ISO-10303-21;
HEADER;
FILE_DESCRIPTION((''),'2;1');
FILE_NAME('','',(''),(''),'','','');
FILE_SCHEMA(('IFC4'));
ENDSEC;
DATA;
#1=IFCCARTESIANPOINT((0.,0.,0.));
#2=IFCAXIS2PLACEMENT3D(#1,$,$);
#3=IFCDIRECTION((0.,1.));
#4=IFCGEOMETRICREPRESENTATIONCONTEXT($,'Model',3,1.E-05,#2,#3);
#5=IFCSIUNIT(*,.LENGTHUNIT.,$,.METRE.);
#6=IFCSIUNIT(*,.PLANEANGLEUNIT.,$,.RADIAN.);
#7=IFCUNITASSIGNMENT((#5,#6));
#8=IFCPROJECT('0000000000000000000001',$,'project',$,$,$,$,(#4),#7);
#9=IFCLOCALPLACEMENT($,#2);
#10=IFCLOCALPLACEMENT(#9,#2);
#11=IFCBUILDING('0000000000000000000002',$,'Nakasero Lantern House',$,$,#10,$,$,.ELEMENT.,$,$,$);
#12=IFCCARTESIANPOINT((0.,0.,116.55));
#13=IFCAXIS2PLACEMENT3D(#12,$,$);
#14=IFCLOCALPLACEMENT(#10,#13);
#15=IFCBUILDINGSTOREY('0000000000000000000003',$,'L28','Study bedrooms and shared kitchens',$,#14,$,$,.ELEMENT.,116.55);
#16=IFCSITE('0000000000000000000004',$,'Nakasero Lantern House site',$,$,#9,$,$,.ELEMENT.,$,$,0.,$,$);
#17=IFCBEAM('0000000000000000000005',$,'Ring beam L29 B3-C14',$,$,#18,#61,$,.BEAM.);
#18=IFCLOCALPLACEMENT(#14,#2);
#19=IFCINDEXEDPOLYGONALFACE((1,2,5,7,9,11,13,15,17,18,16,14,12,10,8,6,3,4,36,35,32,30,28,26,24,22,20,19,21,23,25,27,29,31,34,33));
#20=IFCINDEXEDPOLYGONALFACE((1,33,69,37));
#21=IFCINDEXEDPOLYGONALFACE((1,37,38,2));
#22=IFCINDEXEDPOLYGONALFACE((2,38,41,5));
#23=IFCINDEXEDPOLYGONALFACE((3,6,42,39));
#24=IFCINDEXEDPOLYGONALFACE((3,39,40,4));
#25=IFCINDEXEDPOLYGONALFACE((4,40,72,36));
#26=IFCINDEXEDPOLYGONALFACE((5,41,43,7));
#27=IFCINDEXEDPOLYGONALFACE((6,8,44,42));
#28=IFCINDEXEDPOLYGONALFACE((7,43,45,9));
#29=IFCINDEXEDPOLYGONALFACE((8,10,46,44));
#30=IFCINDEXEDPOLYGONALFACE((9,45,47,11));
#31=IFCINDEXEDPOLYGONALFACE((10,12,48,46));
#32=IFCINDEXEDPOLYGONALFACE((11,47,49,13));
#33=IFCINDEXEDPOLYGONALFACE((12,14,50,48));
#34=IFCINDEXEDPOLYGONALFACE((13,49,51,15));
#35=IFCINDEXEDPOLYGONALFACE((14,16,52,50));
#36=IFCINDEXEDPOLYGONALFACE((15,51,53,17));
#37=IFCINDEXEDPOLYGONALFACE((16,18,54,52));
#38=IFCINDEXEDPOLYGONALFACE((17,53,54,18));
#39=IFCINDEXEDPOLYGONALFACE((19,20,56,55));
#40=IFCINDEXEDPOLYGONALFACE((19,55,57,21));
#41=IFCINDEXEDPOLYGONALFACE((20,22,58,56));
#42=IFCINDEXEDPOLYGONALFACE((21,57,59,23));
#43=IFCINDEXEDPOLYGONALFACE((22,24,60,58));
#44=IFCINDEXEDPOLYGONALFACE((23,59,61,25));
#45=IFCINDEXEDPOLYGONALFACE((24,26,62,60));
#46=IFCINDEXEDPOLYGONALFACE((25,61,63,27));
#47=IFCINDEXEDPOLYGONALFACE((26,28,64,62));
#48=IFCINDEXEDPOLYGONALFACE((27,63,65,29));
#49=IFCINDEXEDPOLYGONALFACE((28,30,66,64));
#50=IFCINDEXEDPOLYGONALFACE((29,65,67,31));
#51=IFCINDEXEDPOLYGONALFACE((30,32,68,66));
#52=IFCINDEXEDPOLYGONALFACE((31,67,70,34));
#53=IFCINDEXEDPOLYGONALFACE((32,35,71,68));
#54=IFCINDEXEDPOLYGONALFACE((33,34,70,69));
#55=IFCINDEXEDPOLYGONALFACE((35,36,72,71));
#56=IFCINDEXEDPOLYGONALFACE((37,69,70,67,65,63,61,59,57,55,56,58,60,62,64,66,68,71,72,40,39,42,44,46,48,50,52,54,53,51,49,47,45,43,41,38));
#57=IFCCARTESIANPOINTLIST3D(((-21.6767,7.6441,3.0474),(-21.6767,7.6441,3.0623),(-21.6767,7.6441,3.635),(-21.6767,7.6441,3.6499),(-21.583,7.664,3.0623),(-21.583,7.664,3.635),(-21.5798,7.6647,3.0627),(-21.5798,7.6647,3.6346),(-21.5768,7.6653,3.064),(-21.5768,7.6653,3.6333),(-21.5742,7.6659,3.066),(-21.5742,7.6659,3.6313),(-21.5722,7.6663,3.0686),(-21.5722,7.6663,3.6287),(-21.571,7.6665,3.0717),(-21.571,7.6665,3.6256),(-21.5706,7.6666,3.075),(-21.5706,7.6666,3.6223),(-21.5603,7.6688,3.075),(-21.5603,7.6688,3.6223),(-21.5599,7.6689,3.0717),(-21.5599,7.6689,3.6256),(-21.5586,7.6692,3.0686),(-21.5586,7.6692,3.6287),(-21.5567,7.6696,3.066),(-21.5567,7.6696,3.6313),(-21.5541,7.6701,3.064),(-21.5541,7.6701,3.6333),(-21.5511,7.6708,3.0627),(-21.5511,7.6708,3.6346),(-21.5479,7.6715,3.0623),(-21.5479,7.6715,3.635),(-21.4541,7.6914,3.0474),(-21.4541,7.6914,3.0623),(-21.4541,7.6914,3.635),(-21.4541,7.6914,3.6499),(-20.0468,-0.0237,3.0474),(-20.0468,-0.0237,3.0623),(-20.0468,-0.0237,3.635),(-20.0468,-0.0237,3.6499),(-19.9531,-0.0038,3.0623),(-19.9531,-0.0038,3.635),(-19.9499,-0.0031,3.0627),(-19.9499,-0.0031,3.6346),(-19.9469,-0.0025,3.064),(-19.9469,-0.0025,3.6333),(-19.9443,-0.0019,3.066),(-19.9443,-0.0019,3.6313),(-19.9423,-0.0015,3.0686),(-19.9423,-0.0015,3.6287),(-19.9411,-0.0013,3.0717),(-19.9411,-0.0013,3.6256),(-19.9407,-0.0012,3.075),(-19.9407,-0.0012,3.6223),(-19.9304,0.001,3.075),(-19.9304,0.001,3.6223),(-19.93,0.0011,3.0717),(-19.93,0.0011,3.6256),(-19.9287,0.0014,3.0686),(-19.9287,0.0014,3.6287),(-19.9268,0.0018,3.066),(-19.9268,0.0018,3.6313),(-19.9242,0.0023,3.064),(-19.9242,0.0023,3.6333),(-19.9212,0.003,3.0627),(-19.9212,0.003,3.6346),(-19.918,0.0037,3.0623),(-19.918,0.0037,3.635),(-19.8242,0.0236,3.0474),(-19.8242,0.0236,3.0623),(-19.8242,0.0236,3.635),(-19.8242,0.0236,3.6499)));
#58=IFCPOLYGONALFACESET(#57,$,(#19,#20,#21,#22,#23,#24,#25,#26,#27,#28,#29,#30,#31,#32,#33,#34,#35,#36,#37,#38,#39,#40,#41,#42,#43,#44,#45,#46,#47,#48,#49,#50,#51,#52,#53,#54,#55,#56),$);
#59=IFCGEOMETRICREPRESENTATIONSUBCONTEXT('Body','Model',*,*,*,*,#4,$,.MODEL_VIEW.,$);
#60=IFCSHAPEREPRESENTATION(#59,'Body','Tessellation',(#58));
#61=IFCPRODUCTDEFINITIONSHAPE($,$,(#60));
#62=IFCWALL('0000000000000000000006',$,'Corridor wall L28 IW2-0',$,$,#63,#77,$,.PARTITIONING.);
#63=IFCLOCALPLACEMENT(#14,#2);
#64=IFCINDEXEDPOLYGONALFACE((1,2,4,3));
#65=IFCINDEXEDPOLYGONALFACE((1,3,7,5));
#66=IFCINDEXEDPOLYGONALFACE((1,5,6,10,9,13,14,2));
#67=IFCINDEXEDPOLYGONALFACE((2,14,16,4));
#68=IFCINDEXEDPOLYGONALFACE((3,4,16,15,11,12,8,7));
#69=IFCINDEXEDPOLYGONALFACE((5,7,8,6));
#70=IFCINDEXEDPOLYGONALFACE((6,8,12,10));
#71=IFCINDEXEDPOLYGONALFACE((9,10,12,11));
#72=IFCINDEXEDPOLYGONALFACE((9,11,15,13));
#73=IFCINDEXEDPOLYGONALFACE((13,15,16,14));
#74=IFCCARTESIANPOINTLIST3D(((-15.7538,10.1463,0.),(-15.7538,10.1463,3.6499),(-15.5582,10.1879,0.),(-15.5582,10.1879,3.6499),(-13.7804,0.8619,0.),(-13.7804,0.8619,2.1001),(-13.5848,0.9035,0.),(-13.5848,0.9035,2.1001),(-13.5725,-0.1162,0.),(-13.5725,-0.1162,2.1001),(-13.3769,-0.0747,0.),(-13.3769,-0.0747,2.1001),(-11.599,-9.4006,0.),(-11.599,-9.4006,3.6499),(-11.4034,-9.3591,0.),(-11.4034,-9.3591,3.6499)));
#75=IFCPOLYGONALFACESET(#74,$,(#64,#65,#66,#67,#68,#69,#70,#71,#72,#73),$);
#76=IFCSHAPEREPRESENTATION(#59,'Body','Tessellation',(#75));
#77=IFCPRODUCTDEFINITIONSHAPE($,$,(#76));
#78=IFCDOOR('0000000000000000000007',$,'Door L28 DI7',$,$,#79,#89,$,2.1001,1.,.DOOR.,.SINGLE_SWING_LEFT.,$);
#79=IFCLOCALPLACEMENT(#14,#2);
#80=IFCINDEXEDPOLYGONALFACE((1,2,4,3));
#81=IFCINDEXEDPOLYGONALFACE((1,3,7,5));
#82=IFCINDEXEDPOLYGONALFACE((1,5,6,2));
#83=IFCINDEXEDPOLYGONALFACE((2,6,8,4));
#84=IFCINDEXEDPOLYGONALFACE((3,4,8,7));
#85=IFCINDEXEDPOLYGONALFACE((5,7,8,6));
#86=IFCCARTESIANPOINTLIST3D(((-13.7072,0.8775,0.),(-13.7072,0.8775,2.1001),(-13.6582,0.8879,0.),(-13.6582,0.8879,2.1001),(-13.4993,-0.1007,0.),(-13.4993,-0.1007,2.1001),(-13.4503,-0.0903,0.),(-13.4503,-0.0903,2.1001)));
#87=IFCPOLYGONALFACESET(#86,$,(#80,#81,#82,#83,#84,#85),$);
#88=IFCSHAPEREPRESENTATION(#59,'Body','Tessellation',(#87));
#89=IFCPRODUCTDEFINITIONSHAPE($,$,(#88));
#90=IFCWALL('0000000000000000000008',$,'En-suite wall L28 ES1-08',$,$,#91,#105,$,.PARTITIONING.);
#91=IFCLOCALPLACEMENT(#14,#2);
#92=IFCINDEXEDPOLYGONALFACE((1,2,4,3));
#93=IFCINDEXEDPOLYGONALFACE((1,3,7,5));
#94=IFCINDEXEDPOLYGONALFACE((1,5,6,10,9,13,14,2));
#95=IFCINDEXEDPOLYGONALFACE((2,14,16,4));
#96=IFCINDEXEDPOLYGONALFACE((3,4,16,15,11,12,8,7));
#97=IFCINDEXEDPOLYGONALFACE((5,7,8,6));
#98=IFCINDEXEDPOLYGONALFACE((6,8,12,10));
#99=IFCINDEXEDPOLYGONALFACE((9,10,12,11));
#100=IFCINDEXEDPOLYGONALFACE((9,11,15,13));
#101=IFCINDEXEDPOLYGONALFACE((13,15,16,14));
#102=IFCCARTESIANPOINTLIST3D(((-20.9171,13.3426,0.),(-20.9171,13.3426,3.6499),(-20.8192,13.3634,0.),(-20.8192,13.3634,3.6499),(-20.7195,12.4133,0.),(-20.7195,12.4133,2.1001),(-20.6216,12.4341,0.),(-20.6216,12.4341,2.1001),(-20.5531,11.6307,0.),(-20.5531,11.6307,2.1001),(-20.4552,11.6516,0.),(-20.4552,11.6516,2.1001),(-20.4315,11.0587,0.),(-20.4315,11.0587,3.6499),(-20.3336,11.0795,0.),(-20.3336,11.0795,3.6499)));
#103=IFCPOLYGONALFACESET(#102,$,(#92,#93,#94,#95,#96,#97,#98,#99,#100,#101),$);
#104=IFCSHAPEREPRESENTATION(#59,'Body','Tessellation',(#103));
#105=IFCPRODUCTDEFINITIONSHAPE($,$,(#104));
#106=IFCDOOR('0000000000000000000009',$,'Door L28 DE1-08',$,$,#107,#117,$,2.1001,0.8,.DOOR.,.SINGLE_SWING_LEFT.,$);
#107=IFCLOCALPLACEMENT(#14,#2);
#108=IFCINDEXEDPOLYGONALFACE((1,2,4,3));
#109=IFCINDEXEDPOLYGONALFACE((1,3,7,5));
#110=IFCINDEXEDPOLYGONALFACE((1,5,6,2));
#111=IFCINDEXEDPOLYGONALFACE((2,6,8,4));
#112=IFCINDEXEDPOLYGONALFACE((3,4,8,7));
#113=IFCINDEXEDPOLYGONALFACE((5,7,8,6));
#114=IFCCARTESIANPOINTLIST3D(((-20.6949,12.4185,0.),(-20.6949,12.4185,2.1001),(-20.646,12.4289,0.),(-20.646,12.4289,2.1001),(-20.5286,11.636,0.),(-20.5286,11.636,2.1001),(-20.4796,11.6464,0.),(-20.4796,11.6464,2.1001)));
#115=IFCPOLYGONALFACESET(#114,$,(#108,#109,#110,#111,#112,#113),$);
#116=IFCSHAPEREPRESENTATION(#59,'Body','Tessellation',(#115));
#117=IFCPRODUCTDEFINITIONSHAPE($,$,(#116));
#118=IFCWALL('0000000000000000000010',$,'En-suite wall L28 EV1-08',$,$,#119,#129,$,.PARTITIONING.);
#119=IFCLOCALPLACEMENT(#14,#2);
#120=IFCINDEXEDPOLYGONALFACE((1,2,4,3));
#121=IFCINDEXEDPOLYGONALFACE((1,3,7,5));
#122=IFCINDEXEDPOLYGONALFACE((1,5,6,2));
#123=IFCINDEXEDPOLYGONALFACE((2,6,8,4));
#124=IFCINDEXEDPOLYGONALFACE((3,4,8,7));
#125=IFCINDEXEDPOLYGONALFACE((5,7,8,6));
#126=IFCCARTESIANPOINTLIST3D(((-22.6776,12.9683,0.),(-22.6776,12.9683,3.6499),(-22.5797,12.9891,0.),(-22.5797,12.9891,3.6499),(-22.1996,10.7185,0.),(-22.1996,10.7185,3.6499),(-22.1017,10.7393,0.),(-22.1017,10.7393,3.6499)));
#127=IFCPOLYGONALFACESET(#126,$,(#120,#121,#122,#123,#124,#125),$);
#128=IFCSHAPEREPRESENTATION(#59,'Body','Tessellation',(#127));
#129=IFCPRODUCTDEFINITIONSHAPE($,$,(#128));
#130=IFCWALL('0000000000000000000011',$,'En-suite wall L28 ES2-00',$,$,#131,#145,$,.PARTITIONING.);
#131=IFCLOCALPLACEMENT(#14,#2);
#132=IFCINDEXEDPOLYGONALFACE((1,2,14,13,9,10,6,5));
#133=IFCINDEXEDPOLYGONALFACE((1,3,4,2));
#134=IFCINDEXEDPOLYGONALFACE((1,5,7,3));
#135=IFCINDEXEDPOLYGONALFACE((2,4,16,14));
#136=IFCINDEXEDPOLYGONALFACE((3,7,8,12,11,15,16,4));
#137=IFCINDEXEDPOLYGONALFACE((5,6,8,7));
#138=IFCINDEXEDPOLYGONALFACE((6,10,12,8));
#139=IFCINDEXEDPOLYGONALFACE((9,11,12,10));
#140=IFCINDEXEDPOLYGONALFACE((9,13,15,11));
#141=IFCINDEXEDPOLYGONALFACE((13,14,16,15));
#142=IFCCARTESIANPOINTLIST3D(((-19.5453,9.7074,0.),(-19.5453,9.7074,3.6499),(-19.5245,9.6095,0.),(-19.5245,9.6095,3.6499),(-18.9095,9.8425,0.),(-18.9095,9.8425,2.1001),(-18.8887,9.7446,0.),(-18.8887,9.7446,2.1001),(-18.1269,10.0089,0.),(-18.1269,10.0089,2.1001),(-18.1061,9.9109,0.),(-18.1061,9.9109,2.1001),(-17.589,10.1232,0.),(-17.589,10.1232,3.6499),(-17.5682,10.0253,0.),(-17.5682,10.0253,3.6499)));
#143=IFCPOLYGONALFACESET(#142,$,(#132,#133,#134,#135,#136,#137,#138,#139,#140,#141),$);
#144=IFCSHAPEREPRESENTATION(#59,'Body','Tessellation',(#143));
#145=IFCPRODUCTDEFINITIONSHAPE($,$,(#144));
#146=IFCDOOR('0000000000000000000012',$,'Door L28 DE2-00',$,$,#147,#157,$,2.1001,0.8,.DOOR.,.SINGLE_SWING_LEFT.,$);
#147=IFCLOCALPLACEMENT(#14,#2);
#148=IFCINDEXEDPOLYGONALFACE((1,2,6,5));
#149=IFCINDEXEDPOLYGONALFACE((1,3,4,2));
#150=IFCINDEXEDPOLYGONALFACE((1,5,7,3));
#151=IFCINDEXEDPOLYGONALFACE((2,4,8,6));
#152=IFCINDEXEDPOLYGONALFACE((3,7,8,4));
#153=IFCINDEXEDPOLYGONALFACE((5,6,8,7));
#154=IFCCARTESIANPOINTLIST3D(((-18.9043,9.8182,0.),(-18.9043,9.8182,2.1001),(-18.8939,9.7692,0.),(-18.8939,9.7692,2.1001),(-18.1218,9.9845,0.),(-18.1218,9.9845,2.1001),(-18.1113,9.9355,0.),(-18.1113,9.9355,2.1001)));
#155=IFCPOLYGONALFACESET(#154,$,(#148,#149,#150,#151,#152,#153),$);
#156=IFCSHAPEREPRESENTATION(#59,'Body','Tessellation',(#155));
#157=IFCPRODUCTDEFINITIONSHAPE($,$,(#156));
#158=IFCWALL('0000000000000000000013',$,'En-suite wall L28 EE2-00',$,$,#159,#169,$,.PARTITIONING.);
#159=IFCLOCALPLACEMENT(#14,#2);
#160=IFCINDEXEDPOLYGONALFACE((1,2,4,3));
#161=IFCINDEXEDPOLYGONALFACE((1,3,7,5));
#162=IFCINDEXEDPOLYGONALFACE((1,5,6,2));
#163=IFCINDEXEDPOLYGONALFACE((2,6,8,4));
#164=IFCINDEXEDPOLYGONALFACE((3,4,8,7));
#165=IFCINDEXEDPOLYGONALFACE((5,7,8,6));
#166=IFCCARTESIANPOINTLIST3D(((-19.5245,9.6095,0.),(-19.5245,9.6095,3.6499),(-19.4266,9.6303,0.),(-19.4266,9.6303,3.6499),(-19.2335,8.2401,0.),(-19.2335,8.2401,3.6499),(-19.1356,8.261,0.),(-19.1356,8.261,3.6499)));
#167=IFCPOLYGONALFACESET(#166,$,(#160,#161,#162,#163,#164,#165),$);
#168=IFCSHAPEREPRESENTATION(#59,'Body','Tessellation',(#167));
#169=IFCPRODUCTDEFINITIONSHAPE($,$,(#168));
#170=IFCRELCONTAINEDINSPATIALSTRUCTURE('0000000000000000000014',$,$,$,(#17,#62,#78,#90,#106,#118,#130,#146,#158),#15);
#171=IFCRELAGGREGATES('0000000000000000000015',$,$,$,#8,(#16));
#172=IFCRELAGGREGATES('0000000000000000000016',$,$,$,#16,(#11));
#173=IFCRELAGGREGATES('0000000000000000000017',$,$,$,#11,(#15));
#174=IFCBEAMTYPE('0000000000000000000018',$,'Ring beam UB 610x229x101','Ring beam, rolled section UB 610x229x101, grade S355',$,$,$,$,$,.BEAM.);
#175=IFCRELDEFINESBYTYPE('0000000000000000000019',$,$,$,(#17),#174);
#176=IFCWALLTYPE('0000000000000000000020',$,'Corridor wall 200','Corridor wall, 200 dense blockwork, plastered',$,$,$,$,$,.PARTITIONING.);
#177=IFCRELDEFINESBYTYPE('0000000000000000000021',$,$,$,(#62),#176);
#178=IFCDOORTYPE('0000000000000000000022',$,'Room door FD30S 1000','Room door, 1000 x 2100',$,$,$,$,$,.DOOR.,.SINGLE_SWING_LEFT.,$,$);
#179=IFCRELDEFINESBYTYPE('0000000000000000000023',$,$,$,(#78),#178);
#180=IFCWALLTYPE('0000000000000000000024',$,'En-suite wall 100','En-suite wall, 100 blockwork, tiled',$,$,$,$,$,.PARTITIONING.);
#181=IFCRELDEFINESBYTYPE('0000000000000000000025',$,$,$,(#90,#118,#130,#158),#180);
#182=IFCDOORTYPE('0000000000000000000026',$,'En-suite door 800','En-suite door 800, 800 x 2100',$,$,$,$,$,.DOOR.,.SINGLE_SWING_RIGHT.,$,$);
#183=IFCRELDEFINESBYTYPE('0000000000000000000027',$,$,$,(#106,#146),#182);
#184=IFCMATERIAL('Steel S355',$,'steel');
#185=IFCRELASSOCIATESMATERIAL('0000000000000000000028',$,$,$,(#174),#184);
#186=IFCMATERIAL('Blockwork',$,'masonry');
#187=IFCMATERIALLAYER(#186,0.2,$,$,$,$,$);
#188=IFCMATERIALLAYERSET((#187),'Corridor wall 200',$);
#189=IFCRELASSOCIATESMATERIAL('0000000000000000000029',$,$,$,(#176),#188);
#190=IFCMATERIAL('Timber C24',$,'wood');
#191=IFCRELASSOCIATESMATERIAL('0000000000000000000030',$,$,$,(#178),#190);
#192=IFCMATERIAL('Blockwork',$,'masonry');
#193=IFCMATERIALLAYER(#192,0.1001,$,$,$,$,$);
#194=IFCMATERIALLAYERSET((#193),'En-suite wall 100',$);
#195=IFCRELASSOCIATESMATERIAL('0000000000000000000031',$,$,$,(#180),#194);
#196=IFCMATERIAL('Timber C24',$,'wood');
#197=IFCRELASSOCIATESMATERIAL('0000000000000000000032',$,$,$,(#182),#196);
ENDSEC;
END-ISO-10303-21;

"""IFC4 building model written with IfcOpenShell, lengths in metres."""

from ifc_helpers import new_model, si_unit, direction, frame, frame_2d, origin, origin_2d, place, context, subcontext, project, spatial, rectangle, i_section, extrude, material, layer, layer_set, material_profile, profile_set, type_object, element, fill, save


model = new_model("IFC4")

# Units and contexts
model_context = context("Model", 3, precision=1e-05, world=origin(), true_north=direction((0.0, 1.0)))
body_context = subcontext(model_context, "Body", "Model", "MODEL_VIEW")
ifc_project = project(units=[si_unit("LENGTHUNIT", "METRE"), si_unit("PLANEANGLEUNIT", "RADIAN")], contexts=[model_context])

# Site, building, storey
site_placement = place(None, origin())
site = spatial("IfcSite", under=ifc_project, at=site_placement, Name="Nakasero Lantern House site", CompositionType="ELEMENT", RefElevation=0.0)
building_placement = place(site_placement, origin())
building = spatial("IfcBuilding", under=site, at=building_placement, Name="Nakasero Lantern House", CompositionType="ELEMENT")
storey_placement = place(building_placement, frame((0.0, 0.0, 116.55)))
storey = spatial("IfcBuildingStorey", under=building, at=storey_placement, Name="L28", Description="Study bedrooms and shared kitchens", CompositionType="ELEMENT", Elevation=116.55)

# Beam
ifc_material_1 = material(Name="Steel S355", Category="steel")
ifc_material_profile = material_profile(ifc_material_1, i_section(OverallWidth=0.2275, OverallDepth=0.6025, WebThickness=0.0105, FlangeThickness=0.0149, FilletRadius=0.0127, at=origin_2d()), Name="UB 610x229x101")
ifc_profile_set = profile_set([ifc_material_profile], Name="Steel S355")
beam_type = type_object("IfcBeamType", Name="Ring beam UB 610x229x101", Description="Ring beam, rolled section UB 610x229x101, grade S355", PredefinedType="BEAM", material=ifc_profile_set)
beam_placement = place(storey_placement, frame((-21.5654, 7.6677, 3.3486), z_axis=(0.207919, -0.978146, 0.0), x_axis=(0.978146, 0.207919, 0.0)))
element("IfcBeam", 1, at=beam_placement, inside=storey, type_object=beam_type, Name="Ring beam L29 B3-C14", PredefinedType="BEAM", context=body_context, shape_type="SweptSolid", body=[
    extrude(i_section(OverallWidth=0.2275, OverallDepth=0.6025, WebThickness=0.0105, FlangeThickness=0.0149, FilletRadius=0.0127, at=origin_2d()), origin(), (0.0, 0.0, 1.0), 7.8391),
])

# Walls, openings, doors
ifc_material_2 = material(Name="Blockwork", Category="masonry")
ifc_layer_1 = layer(ifc_material_2, 0.2)
ifc_layer_set_1 = layer_set([ifc_layer_1], Name="Corridor wall 200")
wall_type_1 = type_object("IfcWallType", Name="Corridor wall 200", Description="Corridor wall, 200 dense blockwork, plastered", PredefinedType="PARTITIONING", material=ifc_layer_set_1)
wall_1_placement = place(storey_placement, frame((-15.656, 10.167, 0.0), z_axis=(0.0, 0.0, 1.0), x_axis=(0.20791, -0.978148, 0.0)))
wall_1 = element("IfcWall", 2, at=wall_1_placement, inside=storey, type_object=wall_type_1, Name="Corridor wall L28 IW2-0", PredefinedType="PARTITIONING", context=body_context, shape_type="SweptSolid", body=[
    extrude(rectangle(XDim=19.9836, YDim=0.2, at=frame_2d((9.9917, 0.0))), origin(), (0.0, 0.0, 1.0), 3.6499),
])
opening_1_placement = place(wall_1_placement, frame((9.4917, 0.0, 0.0)))
opening_1 = element("IfcOpeningElement", 3, at=opening_1_placement, cuts=wall_1, PredefinedType="OPENING", context=body_context, shape_type="SweptSolid", body=[
    extrude(rectangle(XDim=1.0, YDim=2.1001, at=frame_2d((0.5, 1.05))), frame((0.0, 0.1199, 0.0), z_axis=(0.0, -1.0, 0.0), x_axis=(1.0, 0.0, 0.0)), (0.0, 0.0, 1.0), 0.24),
])
ifc_material_3 = material(Name="Timber C24", Category="wood")
door_type_1 = type_object("IfcDoorType", Name="Room door FD30S 1000", Description="Room door, 1000 x 2100", OperationType="SINGLE_SWING_LEFT", PredefinedType="DOOR", material=ifc_material_3)
door_1_placement = place(opening_1_placement, origin())
door_1 = element("IfcDoor", 4, at=door_1_placement, inside=storey, type_object=door_type_1, Name="Door L28 DI7", OperationType="SINGLE_SWING_LEFT", OverallHeight=2.1001, OverallWidth=1.0, PredefinedType="DOOR", context=body_context, shape_type="SweptSolid", body=[
    extrude(rectangle(XDim=1.0, YDim=2.1001, at=frame_2d((0.5, 1.05))), frame((0.0, 0.0249, 0.0), z_axis=(0.0, -1.0, 0.0), x_axis=(1.0, 0.0, 0.0)), (0.0, 0.0, 1.0), 0.05),
])
fill(opening_1, door_1)
ifc_material_4 = material(Name="Blockwork", Category="masonry")
ifc_layer_2 = layer(ifc_material_4, 0.1001)
ifc_layer_set_2 = layer_set([ifc_layer_2], Name="En-suite wall 100")
wall_type_2 = type_object("IfcWallType", Name="En-suite wall 100", Description="En-suite wall, 100 blockwork, tiled", PredefinedType="PARTITIONING", material=ifc_layer_set_2)
wall_2_placement = place(storey_placement, frame((-20.3826, 11.0691, 0.0), z_axis=(0.0, 0.0, 1.0), x_axis=(-0.207965, 0.978136, 0.0)))
wall_2 = element("IfcWall", 5, at=wall_2_placement, inside=storey, type_object=wall_type_2, Name="En-suite wall L28 ES1-08", PredefinedType="PARTITIONING", context=body_context, shape_type="SweptSolid", body=[
    extrude(rectangle(XDim=2.335, YDim=0.1001, at=frame_2d((1.1675, 0.0))), origin(), (0.0, 0.0, 1.0), 3.6499),
])
opening_2_placement = place(wall_2_placement, frame((0.585, 0.0, 0.0)))
opening_2 = element("IfcOpeningElement", 6, at=opening_2_placement, cuts=wall_2, PredefinedType="OPENING", context=body_context, shape_type="SweptSolid", body=[
    extrude(rectangle(XDim=0.8, YDim=2.1001, at=frame_2d((0.3999, 1.05))), frame((0.0, 0.0701, 0.0), z_axis=(0.0, -1.0, 0.0), x_axis=(1.0, 0.0, 0.0)), (0.0, 0.0, 1.0), 0.1401),
])
ifc_material_5 = material(Name="Timber C24", Category="wood")
door_type_2 = type_object("IfcDoorType", Name="En-suite door 800", Description="En-suite door 800, 800 x 2100", OperationType="SINGLE_SWING_RIGHT", PredefinedType="DOOR", material=ifc_material_5)
door_2_placement = place(opening_2_placement, origin())
door_2 = element("IfcDoor", 7, at=door_2_placement, inside=storey, type_object=door_type_2, Name="Door L28 DE1-08", OperationType="SINGLE_SWING_LEFT", OverallHeight=2.1001, OverallWidth=0.8, PredefinedType="DOOR", context=body_context, shape_type="SweptSolid", body=[
    extrude(rectangle(XDim=0.8, YDim=2.1001, at=frame_2d((0.3999, 1.05))), frame((0.0, 0.0249, 0.0), z_axis=(0.0, -1.0, 0.0), x_axis=(1.0, 0.0, 0.0)), (0.0, 0.0, 1.0), 0.05),
])
fill(opening_2, door_2)

# Wall
wall_3_placement = place(storey_placement, frame((-22.1506, 10.729, 0.0), z_axis=(0.0, 0.0, 1.0), x_axis=(-0.20784, 0.978163, 0.0)))
element("IfcWall", 8, at=wall_3_placement, inside=storey, type_object=wall_type_2, Name="En-suite wall L28 EV1-08", PredefinedType="PARTITIONING", context=body_context, shape_type="SweptSolid", body=[
    extrude(rectangle(XDim=2.3, YDim=0.1001, at=frame_2d((1.1499, 0.0))), origin(), (0.0, 0.0, 1.0), 3.6499),
])

# Wall, opening, door
wall_4_placement = place(storey_placement, frame((-17.5786, 10.0742, 0.0), z_axis=(0.0, 0.0, 1.0), x_axis=(-0.978153, -0.207886, 0.0)))
wall_4 = element("IfcWall", 9, at=wall_4_placement, inside=storey, type_object=wall_type_2, Name="En-suite wall L28 ES2-00", PredefinedType="PARTITIONING", context=body_context, shape_type="SweptSolid", body=[
    extrude(rectangle(XDim=2.0, YDim=0.1001, at=frame_2d((1.0, 0.0))), origin(), (0.0, 0.0, 1.0), 3.6499),
])
opening_3_placement = place(wall_4_placement, frame((0.55, 0.0, 0.0)))
opening_3 = element("IfcOpeningElement", 10, at=opening_3_placement, cuts=wall_4, PredefinedType="OPENING", context=body_context, shape_type="SweptSolid", body=[
    extrude(rectangle(XDim=0.8, YDim=2.1001, at=frame_2d((0.3999, 1.05))), frame((0.0, 0.0701, 0.0), z_axis=(0.0, -1.0, 0.0), x_axis=(1.0, 0.0, 0.0)), (0.0, 0.0, 1.0), 0.1401),
])
door_3_placement = place(opening_3_placement, origin())
door_3 = element("IfcDoor", 11, at=door_3_placement, inside=storey, type_object=door_type_2, Name="Door L28 DE2-00", OperationType="SINGLE_SWING_LEFT", OverallHeight=2.1001, OverallWidth=0.8, PredefinedType="DOOR", context=body_context, shape_type="SweptSolid", body=[
    extrude(rectangle(XDim=0.8, YDim=2.1001, at=frame_2d((0.3999, 1.05))), frame((0.0, 0.0249, 0.0), z_axis=(0.0, -1.0, 0.0), x_axis=(1.0, 0.0, 0.0)), (0.0, 0.0, 1.0), 0.05),
])
fill(opening_3, door_3)

# Wall
wall_5_placement = place(storey_placement, frame((-19.4756, 9.6199, 0.0), z_axis=(0.0, 0.0, 1.0), x_axis=(0.207873, -0.978156, 0.0)))
element("IfcWall", 12, at=wall_5_placement, inside=storey, type_object=wall_type_2, Name="En-suite wall L28 EE2-00", PredefinedType="PARTITIONING", context=body_context, shape_type="SweptSolid", body=[
    extrude(rectangle(XDim=1.3999, YDim=0.1001, at=frame_2d((0.7, 0.0))), origin(), (0.0, 0.0, 1.0), 3.6499),
])

save(model, "model.ifc")
